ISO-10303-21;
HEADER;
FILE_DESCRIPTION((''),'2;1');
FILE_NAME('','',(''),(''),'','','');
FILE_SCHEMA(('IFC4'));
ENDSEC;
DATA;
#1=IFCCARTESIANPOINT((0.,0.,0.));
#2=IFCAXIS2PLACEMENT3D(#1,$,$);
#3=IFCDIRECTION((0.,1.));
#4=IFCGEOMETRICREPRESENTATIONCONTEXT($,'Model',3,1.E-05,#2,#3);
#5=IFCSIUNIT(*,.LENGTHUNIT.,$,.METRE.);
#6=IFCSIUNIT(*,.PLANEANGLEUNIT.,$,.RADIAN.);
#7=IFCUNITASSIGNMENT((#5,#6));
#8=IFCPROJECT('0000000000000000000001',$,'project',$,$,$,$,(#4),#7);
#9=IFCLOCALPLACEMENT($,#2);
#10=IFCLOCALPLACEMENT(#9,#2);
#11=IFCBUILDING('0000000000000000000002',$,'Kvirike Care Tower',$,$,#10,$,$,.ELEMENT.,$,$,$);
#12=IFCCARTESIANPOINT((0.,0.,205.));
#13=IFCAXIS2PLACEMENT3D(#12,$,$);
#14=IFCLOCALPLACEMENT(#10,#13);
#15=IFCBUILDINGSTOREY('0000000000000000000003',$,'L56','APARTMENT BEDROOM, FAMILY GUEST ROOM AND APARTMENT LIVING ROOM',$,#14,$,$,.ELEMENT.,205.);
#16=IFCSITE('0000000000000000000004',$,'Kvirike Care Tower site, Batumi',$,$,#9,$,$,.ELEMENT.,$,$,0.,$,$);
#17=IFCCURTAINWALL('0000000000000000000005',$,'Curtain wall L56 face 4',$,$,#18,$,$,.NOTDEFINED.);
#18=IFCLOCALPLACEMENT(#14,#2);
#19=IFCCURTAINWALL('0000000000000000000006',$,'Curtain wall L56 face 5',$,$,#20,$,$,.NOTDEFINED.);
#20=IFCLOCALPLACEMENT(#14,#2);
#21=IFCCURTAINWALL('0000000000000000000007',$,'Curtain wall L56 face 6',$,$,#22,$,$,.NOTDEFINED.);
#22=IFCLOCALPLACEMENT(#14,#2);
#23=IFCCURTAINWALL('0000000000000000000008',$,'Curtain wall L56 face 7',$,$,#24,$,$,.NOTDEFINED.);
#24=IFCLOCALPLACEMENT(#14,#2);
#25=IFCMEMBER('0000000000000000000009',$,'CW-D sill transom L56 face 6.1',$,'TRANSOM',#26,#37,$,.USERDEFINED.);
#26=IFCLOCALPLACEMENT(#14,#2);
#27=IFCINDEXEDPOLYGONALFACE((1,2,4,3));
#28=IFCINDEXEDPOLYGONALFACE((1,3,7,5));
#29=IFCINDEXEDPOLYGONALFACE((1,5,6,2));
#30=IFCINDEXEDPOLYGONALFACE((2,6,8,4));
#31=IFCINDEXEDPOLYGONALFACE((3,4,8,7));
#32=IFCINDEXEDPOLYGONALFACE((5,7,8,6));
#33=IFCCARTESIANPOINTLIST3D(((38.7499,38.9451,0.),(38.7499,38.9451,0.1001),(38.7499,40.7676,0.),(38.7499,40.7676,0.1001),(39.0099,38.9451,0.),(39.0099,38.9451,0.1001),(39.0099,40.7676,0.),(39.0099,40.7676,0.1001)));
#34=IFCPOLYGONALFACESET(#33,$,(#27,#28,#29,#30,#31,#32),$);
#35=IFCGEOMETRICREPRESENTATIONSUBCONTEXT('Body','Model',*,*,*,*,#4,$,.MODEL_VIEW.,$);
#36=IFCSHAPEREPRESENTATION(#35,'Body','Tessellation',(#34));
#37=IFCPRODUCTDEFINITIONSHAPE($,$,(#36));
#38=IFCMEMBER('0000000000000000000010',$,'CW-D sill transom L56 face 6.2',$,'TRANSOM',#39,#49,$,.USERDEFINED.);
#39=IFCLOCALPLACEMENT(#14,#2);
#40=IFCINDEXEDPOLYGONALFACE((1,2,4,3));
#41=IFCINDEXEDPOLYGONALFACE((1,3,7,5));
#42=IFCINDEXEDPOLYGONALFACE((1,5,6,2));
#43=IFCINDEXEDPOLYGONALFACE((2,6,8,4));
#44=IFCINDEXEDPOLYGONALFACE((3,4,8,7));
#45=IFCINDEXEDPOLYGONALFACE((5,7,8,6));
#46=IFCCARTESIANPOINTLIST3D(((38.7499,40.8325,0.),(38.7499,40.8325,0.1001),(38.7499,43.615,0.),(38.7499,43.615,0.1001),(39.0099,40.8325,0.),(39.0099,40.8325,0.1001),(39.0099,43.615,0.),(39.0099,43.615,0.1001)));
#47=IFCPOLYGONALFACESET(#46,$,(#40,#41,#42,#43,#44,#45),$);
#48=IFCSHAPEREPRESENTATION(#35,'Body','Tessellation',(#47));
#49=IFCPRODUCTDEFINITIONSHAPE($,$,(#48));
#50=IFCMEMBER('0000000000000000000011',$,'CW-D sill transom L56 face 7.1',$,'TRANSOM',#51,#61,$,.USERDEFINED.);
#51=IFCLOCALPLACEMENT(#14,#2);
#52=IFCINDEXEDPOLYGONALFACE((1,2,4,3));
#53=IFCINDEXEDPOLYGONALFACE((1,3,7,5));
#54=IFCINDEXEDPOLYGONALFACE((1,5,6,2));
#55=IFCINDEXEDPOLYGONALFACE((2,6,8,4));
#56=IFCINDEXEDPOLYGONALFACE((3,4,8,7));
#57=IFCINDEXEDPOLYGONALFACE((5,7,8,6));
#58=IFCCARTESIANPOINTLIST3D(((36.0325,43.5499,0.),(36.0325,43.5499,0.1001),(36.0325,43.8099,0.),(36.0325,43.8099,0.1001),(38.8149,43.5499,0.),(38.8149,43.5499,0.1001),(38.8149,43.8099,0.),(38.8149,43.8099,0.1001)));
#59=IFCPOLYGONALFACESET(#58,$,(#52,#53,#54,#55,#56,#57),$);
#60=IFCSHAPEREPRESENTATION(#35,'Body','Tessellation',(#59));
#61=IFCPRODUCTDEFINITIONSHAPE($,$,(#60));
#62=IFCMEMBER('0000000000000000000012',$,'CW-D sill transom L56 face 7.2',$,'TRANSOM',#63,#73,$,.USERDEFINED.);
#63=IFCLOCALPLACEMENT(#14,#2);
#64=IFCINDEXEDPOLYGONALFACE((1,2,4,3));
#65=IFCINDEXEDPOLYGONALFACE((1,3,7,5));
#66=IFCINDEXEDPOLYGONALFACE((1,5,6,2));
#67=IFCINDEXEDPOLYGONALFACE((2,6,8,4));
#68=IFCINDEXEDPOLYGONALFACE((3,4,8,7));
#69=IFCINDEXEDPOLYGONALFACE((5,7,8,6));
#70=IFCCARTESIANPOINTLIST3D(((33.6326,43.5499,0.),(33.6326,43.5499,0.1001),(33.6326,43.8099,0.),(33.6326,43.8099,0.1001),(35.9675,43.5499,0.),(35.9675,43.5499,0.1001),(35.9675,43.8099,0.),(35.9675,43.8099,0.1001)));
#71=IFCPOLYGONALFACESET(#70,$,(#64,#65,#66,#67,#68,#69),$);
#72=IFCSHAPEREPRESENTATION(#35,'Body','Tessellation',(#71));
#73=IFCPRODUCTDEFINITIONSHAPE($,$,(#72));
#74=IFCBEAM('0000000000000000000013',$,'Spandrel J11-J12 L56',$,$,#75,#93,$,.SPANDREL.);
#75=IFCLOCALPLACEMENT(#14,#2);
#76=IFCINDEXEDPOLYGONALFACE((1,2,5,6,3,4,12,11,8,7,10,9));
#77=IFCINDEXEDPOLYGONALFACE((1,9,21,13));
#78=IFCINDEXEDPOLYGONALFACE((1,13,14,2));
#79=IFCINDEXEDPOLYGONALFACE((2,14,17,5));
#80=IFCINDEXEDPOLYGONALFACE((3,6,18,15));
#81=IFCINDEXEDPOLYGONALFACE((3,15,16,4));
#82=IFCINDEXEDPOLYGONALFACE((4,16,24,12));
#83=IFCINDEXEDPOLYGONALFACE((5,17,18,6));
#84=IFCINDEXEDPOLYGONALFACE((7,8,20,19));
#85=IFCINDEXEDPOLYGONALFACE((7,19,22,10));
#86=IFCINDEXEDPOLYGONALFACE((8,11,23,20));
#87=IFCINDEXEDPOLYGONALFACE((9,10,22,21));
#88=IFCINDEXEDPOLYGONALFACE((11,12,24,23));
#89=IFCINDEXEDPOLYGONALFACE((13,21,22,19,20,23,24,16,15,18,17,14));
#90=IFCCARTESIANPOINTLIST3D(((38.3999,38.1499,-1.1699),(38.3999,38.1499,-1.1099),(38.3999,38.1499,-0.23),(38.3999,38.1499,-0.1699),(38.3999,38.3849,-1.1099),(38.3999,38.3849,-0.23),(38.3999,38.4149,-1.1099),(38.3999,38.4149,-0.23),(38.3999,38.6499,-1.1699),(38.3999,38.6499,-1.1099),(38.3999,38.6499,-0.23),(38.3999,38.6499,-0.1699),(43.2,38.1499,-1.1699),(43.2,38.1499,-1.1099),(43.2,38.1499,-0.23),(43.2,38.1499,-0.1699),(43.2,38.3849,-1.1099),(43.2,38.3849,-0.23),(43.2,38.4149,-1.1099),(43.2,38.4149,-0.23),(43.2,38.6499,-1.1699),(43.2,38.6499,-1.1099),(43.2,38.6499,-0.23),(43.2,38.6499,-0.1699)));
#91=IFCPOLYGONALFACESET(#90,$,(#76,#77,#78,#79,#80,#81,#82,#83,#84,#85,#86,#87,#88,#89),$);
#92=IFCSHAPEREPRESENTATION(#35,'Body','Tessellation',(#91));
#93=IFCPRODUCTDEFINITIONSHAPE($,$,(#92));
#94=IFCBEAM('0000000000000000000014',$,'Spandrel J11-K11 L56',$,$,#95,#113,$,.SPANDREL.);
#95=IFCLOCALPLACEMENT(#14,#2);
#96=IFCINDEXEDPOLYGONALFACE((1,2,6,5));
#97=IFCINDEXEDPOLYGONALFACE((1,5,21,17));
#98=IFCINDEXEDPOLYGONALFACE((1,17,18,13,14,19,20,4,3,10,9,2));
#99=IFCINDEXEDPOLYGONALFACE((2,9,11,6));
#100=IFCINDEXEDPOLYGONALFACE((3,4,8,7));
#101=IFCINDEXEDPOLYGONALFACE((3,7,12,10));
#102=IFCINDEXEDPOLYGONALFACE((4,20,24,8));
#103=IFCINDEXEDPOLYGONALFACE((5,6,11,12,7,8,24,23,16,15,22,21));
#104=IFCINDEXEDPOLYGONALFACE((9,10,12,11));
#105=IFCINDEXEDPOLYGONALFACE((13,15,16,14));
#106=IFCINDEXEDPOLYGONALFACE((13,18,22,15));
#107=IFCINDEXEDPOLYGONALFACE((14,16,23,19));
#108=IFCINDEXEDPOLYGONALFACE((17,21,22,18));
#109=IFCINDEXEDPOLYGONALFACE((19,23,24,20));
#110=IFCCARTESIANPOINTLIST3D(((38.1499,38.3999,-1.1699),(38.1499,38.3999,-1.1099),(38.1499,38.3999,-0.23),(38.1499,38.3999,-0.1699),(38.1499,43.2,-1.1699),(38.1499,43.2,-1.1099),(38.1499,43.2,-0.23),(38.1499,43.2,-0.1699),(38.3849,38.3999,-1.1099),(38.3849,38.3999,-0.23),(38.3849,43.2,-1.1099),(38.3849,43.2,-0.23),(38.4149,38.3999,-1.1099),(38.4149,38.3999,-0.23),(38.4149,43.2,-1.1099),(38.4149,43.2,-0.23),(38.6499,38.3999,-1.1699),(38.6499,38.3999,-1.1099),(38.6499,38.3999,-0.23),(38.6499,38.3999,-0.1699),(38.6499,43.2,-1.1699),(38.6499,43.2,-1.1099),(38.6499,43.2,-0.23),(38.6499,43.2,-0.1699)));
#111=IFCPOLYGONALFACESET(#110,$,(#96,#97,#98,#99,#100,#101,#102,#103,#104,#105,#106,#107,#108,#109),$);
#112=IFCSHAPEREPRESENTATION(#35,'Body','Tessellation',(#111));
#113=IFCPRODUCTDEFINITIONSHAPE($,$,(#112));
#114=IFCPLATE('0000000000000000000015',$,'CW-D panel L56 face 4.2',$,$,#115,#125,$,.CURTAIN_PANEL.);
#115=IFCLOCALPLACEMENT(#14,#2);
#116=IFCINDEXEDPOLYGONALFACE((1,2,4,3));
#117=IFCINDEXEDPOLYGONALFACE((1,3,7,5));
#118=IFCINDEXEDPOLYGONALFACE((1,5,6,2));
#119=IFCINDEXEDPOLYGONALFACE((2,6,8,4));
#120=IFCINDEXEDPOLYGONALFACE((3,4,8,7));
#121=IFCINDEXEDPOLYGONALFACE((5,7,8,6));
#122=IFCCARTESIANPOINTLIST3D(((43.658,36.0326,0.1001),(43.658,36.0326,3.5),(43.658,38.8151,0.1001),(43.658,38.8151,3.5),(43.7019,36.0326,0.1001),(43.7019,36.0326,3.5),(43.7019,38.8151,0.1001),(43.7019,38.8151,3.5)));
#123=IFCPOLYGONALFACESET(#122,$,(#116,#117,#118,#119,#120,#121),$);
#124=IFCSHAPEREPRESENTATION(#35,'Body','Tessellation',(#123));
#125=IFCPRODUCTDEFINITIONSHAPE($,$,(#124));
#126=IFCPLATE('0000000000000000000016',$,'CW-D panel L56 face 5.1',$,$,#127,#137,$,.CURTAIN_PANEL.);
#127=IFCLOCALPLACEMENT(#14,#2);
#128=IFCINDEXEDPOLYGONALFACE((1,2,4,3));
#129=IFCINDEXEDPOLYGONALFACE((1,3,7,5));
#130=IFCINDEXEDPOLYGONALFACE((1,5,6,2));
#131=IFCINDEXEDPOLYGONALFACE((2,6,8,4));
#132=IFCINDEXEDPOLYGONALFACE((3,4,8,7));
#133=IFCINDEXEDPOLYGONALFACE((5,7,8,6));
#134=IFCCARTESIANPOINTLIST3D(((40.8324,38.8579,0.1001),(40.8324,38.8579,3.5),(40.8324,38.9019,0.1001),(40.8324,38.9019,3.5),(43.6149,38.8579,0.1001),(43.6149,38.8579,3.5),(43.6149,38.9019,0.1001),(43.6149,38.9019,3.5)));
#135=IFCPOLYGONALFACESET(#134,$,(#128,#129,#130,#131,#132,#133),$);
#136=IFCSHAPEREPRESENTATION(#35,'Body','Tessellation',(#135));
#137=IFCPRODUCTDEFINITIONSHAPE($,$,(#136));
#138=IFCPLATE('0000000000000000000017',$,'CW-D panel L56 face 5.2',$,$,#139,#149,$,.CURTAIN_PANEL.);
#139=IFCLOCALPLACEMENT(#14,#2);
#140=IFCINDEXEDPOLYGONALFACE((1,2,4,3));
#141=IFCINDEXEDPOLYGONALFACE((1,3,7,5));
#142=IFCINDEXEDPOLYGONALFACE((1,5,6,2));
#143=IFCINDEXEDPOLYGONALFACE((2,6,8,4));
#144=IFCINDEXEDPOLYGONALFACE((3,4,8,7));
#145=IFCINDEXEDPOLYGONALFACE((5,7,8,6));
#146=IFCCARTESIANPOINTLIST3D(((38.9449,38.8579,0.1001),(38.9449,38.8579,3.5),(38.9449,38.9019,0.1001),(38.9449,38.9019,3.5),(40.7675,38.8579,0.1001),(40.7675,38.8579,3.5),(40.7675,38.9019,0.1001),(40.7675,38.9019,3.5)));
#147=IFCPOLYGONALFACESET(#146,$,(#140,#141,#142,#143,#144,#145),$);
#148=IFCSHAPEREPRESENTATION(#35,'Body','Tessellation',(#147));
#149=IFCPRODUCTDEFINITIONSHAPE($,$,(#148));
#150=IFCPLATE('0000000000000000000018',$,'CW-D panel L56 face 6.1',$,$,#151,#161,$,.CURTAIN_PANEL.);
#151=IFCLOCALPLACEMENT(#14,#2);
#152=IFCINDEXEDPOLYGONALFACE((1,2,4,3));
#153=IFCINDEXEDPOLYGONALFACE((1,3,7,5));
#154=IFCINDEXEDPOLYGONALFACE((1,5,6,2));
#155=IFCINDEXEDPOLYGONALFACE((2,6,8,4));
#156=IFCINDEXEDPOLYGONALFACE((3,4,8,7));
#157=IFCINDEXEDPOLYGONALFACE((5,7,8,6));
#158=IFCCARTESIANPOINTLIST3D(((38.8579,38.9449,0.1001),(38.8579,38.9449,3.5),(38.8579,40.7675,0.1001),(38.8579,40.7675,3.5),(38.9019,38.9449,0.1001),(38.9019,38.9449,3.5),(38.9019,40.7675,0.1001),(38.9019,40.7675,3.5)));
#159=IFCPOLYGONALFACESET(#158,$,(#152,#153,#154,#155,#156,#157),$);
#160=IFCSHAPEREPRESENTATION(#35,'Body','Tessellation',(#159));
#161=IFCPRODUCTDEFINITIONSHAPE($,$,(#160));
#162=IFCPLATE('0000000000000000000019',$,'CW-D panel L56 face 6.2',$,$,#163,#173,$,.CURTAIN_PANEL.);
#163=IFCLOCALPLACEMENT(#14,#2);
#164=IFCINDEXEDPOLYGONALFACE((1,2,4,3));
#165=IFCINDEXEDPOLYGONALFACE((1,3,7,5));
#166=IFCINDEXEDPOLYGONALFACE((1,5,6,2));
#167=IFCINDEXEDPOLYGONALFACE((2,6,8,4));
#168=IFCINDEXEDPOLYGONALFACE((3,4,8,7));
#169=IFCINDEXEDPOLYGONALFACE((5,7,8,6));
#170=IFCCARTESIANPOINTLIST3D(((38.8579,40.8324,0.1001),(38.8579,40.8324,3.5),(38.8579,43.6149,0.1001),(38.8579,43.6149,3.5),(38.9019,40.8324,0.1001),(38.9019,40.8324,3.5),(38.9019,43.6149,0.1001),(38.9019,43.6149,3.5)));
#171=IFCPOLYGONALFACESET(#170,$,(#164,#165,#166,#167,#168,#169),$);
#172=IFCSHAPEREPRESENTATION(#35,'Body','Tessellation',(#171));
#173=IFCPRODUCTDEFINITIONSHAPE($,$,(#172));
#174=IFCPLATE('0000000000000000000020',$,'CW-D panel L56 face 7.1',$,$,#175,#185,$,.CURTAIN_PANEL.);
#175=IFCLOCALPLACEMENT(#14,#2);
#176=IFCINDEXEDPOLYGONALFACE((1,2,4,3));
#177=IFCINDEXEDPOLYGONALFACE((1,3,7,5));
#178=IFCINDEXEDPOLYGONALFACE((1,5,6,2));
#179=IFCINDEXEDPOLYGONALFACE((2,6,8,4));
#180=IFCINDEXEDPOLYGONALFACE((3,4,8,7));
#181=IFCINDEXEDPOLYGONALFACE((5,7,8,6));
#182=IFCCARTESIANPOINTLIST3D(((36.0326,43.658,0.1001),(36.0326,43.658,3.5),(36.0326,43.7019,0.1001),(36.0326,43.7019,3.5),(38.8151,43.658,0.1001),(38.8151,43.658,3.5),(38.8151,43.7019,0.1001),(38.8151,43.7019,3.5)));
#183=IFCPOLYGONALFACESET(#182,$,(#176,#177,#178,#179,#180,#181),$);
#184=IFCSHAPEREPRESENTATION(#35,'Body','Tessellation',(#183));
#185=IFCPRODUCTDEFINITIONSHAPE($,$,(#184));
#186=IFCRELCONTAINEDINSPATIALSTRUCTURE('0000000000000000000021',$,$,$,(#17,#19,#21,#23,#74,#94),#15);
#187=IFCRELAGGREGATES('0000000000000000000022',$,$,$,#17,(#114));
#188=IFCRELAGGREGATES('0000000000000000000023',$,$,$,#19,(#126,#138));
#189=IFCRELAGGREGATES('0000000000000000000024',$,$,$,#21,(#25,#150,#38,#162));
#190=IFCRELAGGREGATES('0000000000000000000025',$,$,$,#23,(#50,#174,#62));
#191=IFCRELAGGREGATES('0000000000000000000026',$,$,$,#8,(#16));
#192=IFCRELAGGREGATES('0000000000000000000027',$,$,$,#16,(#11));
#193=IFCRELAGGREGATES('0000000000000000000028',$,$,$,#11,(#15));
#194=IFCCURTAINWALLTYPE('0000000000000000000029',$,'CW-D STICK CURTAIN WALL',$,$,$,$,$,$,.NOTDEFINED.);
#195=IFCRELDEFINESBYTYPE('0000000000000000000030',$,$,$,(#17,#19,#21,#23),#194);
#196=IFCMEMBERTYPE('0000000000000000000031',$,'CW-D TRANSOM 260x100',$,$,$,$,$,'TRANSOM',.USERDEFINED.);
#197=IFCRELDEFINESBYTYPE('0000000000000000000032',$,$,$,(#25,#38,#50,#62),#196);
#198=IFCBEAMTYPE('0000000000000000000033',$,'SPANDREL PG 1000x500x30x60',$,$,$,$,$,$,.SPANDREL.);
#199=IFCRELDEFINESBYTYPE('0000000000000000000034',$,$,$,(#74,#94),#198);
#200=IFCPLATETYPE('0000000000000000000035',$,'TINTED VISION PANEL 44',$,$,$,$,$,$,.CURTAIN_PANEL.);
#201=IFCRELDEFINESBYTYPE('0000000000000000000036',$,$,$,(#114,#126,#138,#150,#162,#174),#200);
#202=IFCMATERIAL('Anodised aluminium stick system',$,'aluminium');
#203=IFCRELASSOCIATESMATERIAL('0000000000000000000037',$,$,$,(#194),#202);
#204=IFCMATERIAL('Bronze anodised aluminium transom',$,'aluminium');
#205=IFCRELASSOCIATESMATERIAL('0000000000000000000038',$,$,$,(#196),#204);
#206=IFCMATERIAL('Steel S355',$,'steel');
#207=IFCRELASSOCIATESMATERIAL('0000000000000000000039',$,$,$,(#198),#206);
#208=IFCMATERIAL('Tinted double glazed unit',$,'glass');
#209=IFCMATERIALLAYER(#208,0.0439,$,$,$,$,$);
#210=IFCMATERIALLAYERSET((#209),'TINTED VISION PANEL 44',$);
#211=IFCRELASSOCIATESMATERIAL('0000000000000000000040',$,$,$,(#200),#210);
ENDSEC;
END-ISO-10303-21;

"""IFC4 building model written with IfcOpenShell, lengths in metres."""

from ifc_helpers import new_model, si_unit, direction, frame, origin, origin_2d, place, context, subcontext, project, spatial, rectangle, i_section, extrude, material, layer, layer_set, material_profile, profile_set, type_object, element, aggregate, save


model = new_model("IFC4")

# Units and contexts
model_context = context("Model", 3, precision=1e-05, world=origin(), true_north=direction((0.0, 1.0)))
body_context = subcontext(model_context, "Body", "Model", "MODEL_VIEW")
ifc_project = project(units=[si_unit("LENGTHUNIT", "METRE"), si_unit("PLANEANGLEUNIT", "RADIAN")], contexts=[model_context])

# Site, building, storey
site_placement = place(None, origin())
site = spatial("IfcSite", under=ifc_project, at=site_placement, Name="Kvirike Care Tower site, Batumi", CompositionType="ELEMENT", RefElevation=0.0)
building_placement = place(site_placement, origin())
building = spatial("IfcBuilding", under=site, at=building_placement, Name="Kvirike Care Tower", CompositionType="ELEMENT")
storey_placement = place(building_placement, frame((0.0, 0.0, 205.0)))
storey = spatial("IfcBuildingStorey", under=building, at=storey_placement, Name="L56", Description="APARTMENT BEDROOM, FAMILY GUEST ROOM AND APARTMENT LIVING ROOM", CompositionType="ELEMENT", Elevation=205.0)

# Curtain wall
ifc_material_1 = material(Name="Anodised aluminium stick system", Category="aluminium")
curtain_wall_type = type_object("IfcCurtainWallType", Name="CW-D STICK CURTAIN WALL", PredefinedType="NOTDEFINED", material=ifc_material_1)
curtain_wall_1_placement = place(storey_placement, origin())
curtain_wall_1 = element("IfcCurtainWall", 1, at=curtain_wall_1_placement, inside=storey, type_object=curtain_wall_type, Name="Curtain wall L56 face 4", PredefinedType="NOTDEFINED")

# Curtain walls
curtain_wall_2_placement = place(storey_placement, origin())
curtain_wall_2 = element("IfcCurtainWall", 2, at=curtain_wall_2_placement, inside=storey, type_object=curtain_wall_type, Name="Curtain wall L56 face 5", PredefinedType="NOTDEFINED")
curtain_wall_3_placement = place(storey_placement, origin())
curtain_wall_3 = element("IfcCurtainWall", 3, at=curtain_wall_3_placement, inside=storey, type_object=curtain_wall_type, Name="Curtain wall L56 face 6", PredefinedType="NOTDEFINED")
curtain_wall_4_placement = place(storey_placement, origin())
curtain_wall_4 = element("IfcCurtainWall", 4, at=curtain_wall_4_placement, inside=storey, type_object=curtain_wall_type, Name="Curtain wall L56 face 7", PredefinedType="NOTDEFINED")

# Members
ifc_material_2 = material(Name="Bronze anodised aluminium transom", Category="aluminium")
ifc_material_profile_1 = material_profile(ifc_material_2, rectangle(XDim=0.26, YDim=0.1001, at=origin_2d()), Name="CW-D TRANSOM 260x100")
ifc_profile_set_1 = profile_set([ifc_material_profile_1], Name="Bronze anodised aluminium transom")
member_type_1 = type_object("IfcMemberType", Name="CW-D TRANSOM 260x100", ElementType="TRANSOM", PredefinedType="USERDEFINED", material=ifc_profile_set_1)
member_1_placement = place(storey_placement, frame((38.8799, 38.9451, 0.05), z_axis=(0.0, 1.0, 0.0), x_axis=(-1.0, 0.0, 0.0)))
member_1 = element("IfcMember", 5, at=member_1_placement, type_object=member_type_1, Name="CW-D sill transom L56 face 6.1", ObjectType="TRANSOM", PredefinedType="USERDEFINED", context=body_context, shape_type="SweptSolid", body=[
    extrude(rectangle(XDim=0.26, YDim=0.1001, at=origin_2d()), origin(), (0.0, 0.0, 1.0), 1.8225),
])
member_2_placement = place(storey_placement, frame((38.8799, 40.8325, 0.05), z_axis=(0.0, 1.0, 0.0), x_axis=(-1.0, 0.0, 0.0)))
member_2 = element("IfcMember", 6, at=member_2_placement, type_object=member_type_1, Name="CW-D sill transom L56 face 6.2", ObjectType="TRANSOM", PredefinedType="USERDEFINED", context=body_context, shape_type="SweptSolid", body=[
    extrude(rectangle(XDim=0.26, YDim=0.1001, at=origin_2d()), origin(), (0.0, 0.0, 1.0), 2.7825),
])
member_3_placement = place(storey_placement, frame((38.8149, 43.6799, 0.05), z_axis=(-1.0, 0.0, 0.0), x_axis=(0.0, -1.0, 0.0)))
member_3 = element("IfcMember", 7, at=member_3_placement, type_object=member_type_1, Name="CW-D sill transom L56 face 7.1", ObjectType="TRANSOM", PredefinedType="USERDEFINED", context=body_context, shape_type="SweptSolid", body=[
    extrude(rectangle(XDim=0.26, YDim=0.1001, at=origin_2d()), origin(), (0.0, 0.0, 1.0), 2.7825),
])
member_4_placement = place(storey_placement, frame((35.9675, 43.6799, 0.05), z_axis=(-1.0, 0.0, 0.0), x_axis=(0.0, -1.0, 0.0)))
member_4 = element("IfcMember", 8, at=member_4_placement, type_object=member_type_1, Name="CW-D sill transom L56 face 7.2", ObjectType="TRANSOM", PredefinedType="USERDEFINED", context=body_context, shape_type="SweptSolid", body=[
    extrude(rectangle(XDim=0.26, YDim=0.1001, at=origin_2d()), origin(), (0.0, 0.0, 1.0), 2.335),
])

# Beams
ifc_material_3 = material(Name="Steel S355", Category="steel")
ifc_material_profile_2 = material_profile(ifc_material_3, i_section(OverallWidth=0.5, OverallDepth=1.0, WebThickness=0.03, FlangeThickness=0.0601, at=origin_2d()), Name="PG 1000x500x30x60")
ifc_profile_set_2 = profile_set([ifc_material_profile_2], Name="Steel S355")
beam_type = type_object("IfcBeamType", Name="SPANDREL PG 1000x500x30x60", PredefinedType="SPANDREL", material=ifc_profile_set_2)
for number, where, z_axis, x_axis, name in (
    (9, (38.3999, 38.3999, -0.6699), (1.0, 0.0, 0.0), (0.0, 1.0, 0.0), "Spandrel J11-J12 L56"),
    (10, (38.3999, 38.3999, -0.6699), (0.0, 1.0, 0.0), (-1.0, 0.0, 0.0), "Spandrel J11-K11 L56"),
):
    element("IfcBeam", number, at=place(storey_placement, frame(where, z_axis=z_axis, x_axis=x_axis)), inside=storey, type_object=beam_type, Name=name, PredefinedType="SPANDREL", context=body_context, shape_type="SweptSolid", body=[
        extrude(i_section(OverallWidth=0.5, OverallDepth=1.0, WebThickness=0.03, FlangeThickness=0.0601, at=origin_2d()), origin(), (0.0, 0.0, 1.0), 4.8),
    ])

# Plates
ifc_material_4 = material(Name="Tinted double glazed unit", Category="glass")
ifc_layer_1 = layer(ifc_material_4, 0.0439)
ifc_layer_set_1 = layer_set([ifc_layer_1], Name="TINTED VISION PANEL 44")
plate_type = type_object("IfcPlateType", Name="TINTED VISION PANEL 44", PredefinedType="CURTAIN_PANEL", material=ifc_layer_set_1)
plate_1_placement = place(storey_placement, frame((43.6799, 37.4238, 0.1001), z_axis=(0.0, 0.0, 1.0), x_axis=(0.0, 1.0, 0.0)))
plate_1 = element("IfcPlate", 11, at=plate_1_placement, type_object=plate_type, Name="CW-D panel L56 face 4.2", PredefinedType="CURTAIN_PANEL", context=body_context, shape_type="SweptSolid", body=[
    extrude(rectangle(XDim=2.7825, YDim=0.0439, at=origin_2d()), origin(), (0.0, 0.0, 1.0), 3.3999),
])
aggregate(curtain_wall_1, [plate_1])
plate_2_placement = place(storey_placement, frame((42.2236, 38.8799, 0.1001), z_axis=(0.0, 0.0, 1.0), x_axis=(-1.0, 0.0, 0.0)))
plate_2 = element("IfcPlate", 12, at=plate_2_placement, type_object=plate_type, Name="CW-D panel L56 face 5.1", PredefinedType="CURTAIN_PANEL", context=body_context, shape_type="SweptSolid", body=[
    extrude(rectangle(XDim=2.7825, YDim=0.0439, at=origin_2d()), origin(), (0.0, 0.0, 1.0), 3.3999),
])
plate_3_placement = place(storey_placement, frame((39.8562, 38.8799, 0.1001), z_axis=(0.0, 0.0, 1.0), x_axis=(-1.0, 0.0, 0.0)))
plate_3 = element("IfcPlate", 13, at=plate_3_placement, type_object=plate_type, Name="CW-D panel L56 face 5.2", PredefinedType="CURTAIN_PANEL", context=body_context, shape_type="SweptSolid", body=[
    extrude(rectangle(XDim=1.8225, YDim=0.0439, at=origin_2d()), origin(), (0.0, 0.0, 1.0), 3.3999),
])
aggregate(curtain_wall_2, [plate_2, plate_3])
plate_4_placement = place(storey_placement, frame((38.8799, 39.8562, 0.1001), z_axis=(0.0, 0.0, 1.0), x_axis=(0.0, 1.0, 0.0)))
plate_4 = element("IfcPlate", 14, at=plate_4_placement, type_object=plate_type, Name="CW-D panel L56 face 6.1", PredefinedType="CURTAIN_PANEL", context=body_context, shape_type="SweptSolid", body=[
    extrude(rectangle(XDim=1.8225, YDim=0.0439, at=origin_2d()), origin(), (0.0, 0.0, 1.0), 3.3999),
])
plate_5_placement = place(storey_placement, frame((38.8799, 42.2236, 0.1001), z_axis=(0.0, 0.0, 1.0), x_axis=(0.0, 1.0, 0.0)))
plate_5 = element("IfcPlate", 15, at=plate_5_placement, type_object=plate_type, Name="CW-D panel L56 face 6.2", PredefinedType="CURTAIN_PANEL", context=body_context, shape_type="SweptSolid", body=[
    extrude(rectangle(XDim=2.7825, YDim=0.0439, at=origin_2d()), origin(), (0.0, 0.0, 1.0), 3.3999),
])
aggregate(curtain_wall_3, [member_1, plate_4, member_2, plate_5])
plate_6_placement = place(storey_placement, frame((37.4238, 43.6799, 0.1001), z_axis=(0.0, 0.0, 1.0), x_axis=(-1.0, 0.0, 0.0)))
plate_6 = element("IfcPlate", 16, at=plate_6_placement, type_object=plate_type, Name="CW-D panel L56 face 7.1", PredefinedType="CURTAIN_PANEL", context=body_context, shape_type="SweptSolid", body=[
    extrude(rectangle(XDim=2.7825, YDim=0.0439, at=origin_2d()), origin(), (0.0, 0.0, 1.0), 3.3999),
])
aggregate(curtain_wall_4, [member_3, plate_6, member_4])

save(model, "model.ifc")
